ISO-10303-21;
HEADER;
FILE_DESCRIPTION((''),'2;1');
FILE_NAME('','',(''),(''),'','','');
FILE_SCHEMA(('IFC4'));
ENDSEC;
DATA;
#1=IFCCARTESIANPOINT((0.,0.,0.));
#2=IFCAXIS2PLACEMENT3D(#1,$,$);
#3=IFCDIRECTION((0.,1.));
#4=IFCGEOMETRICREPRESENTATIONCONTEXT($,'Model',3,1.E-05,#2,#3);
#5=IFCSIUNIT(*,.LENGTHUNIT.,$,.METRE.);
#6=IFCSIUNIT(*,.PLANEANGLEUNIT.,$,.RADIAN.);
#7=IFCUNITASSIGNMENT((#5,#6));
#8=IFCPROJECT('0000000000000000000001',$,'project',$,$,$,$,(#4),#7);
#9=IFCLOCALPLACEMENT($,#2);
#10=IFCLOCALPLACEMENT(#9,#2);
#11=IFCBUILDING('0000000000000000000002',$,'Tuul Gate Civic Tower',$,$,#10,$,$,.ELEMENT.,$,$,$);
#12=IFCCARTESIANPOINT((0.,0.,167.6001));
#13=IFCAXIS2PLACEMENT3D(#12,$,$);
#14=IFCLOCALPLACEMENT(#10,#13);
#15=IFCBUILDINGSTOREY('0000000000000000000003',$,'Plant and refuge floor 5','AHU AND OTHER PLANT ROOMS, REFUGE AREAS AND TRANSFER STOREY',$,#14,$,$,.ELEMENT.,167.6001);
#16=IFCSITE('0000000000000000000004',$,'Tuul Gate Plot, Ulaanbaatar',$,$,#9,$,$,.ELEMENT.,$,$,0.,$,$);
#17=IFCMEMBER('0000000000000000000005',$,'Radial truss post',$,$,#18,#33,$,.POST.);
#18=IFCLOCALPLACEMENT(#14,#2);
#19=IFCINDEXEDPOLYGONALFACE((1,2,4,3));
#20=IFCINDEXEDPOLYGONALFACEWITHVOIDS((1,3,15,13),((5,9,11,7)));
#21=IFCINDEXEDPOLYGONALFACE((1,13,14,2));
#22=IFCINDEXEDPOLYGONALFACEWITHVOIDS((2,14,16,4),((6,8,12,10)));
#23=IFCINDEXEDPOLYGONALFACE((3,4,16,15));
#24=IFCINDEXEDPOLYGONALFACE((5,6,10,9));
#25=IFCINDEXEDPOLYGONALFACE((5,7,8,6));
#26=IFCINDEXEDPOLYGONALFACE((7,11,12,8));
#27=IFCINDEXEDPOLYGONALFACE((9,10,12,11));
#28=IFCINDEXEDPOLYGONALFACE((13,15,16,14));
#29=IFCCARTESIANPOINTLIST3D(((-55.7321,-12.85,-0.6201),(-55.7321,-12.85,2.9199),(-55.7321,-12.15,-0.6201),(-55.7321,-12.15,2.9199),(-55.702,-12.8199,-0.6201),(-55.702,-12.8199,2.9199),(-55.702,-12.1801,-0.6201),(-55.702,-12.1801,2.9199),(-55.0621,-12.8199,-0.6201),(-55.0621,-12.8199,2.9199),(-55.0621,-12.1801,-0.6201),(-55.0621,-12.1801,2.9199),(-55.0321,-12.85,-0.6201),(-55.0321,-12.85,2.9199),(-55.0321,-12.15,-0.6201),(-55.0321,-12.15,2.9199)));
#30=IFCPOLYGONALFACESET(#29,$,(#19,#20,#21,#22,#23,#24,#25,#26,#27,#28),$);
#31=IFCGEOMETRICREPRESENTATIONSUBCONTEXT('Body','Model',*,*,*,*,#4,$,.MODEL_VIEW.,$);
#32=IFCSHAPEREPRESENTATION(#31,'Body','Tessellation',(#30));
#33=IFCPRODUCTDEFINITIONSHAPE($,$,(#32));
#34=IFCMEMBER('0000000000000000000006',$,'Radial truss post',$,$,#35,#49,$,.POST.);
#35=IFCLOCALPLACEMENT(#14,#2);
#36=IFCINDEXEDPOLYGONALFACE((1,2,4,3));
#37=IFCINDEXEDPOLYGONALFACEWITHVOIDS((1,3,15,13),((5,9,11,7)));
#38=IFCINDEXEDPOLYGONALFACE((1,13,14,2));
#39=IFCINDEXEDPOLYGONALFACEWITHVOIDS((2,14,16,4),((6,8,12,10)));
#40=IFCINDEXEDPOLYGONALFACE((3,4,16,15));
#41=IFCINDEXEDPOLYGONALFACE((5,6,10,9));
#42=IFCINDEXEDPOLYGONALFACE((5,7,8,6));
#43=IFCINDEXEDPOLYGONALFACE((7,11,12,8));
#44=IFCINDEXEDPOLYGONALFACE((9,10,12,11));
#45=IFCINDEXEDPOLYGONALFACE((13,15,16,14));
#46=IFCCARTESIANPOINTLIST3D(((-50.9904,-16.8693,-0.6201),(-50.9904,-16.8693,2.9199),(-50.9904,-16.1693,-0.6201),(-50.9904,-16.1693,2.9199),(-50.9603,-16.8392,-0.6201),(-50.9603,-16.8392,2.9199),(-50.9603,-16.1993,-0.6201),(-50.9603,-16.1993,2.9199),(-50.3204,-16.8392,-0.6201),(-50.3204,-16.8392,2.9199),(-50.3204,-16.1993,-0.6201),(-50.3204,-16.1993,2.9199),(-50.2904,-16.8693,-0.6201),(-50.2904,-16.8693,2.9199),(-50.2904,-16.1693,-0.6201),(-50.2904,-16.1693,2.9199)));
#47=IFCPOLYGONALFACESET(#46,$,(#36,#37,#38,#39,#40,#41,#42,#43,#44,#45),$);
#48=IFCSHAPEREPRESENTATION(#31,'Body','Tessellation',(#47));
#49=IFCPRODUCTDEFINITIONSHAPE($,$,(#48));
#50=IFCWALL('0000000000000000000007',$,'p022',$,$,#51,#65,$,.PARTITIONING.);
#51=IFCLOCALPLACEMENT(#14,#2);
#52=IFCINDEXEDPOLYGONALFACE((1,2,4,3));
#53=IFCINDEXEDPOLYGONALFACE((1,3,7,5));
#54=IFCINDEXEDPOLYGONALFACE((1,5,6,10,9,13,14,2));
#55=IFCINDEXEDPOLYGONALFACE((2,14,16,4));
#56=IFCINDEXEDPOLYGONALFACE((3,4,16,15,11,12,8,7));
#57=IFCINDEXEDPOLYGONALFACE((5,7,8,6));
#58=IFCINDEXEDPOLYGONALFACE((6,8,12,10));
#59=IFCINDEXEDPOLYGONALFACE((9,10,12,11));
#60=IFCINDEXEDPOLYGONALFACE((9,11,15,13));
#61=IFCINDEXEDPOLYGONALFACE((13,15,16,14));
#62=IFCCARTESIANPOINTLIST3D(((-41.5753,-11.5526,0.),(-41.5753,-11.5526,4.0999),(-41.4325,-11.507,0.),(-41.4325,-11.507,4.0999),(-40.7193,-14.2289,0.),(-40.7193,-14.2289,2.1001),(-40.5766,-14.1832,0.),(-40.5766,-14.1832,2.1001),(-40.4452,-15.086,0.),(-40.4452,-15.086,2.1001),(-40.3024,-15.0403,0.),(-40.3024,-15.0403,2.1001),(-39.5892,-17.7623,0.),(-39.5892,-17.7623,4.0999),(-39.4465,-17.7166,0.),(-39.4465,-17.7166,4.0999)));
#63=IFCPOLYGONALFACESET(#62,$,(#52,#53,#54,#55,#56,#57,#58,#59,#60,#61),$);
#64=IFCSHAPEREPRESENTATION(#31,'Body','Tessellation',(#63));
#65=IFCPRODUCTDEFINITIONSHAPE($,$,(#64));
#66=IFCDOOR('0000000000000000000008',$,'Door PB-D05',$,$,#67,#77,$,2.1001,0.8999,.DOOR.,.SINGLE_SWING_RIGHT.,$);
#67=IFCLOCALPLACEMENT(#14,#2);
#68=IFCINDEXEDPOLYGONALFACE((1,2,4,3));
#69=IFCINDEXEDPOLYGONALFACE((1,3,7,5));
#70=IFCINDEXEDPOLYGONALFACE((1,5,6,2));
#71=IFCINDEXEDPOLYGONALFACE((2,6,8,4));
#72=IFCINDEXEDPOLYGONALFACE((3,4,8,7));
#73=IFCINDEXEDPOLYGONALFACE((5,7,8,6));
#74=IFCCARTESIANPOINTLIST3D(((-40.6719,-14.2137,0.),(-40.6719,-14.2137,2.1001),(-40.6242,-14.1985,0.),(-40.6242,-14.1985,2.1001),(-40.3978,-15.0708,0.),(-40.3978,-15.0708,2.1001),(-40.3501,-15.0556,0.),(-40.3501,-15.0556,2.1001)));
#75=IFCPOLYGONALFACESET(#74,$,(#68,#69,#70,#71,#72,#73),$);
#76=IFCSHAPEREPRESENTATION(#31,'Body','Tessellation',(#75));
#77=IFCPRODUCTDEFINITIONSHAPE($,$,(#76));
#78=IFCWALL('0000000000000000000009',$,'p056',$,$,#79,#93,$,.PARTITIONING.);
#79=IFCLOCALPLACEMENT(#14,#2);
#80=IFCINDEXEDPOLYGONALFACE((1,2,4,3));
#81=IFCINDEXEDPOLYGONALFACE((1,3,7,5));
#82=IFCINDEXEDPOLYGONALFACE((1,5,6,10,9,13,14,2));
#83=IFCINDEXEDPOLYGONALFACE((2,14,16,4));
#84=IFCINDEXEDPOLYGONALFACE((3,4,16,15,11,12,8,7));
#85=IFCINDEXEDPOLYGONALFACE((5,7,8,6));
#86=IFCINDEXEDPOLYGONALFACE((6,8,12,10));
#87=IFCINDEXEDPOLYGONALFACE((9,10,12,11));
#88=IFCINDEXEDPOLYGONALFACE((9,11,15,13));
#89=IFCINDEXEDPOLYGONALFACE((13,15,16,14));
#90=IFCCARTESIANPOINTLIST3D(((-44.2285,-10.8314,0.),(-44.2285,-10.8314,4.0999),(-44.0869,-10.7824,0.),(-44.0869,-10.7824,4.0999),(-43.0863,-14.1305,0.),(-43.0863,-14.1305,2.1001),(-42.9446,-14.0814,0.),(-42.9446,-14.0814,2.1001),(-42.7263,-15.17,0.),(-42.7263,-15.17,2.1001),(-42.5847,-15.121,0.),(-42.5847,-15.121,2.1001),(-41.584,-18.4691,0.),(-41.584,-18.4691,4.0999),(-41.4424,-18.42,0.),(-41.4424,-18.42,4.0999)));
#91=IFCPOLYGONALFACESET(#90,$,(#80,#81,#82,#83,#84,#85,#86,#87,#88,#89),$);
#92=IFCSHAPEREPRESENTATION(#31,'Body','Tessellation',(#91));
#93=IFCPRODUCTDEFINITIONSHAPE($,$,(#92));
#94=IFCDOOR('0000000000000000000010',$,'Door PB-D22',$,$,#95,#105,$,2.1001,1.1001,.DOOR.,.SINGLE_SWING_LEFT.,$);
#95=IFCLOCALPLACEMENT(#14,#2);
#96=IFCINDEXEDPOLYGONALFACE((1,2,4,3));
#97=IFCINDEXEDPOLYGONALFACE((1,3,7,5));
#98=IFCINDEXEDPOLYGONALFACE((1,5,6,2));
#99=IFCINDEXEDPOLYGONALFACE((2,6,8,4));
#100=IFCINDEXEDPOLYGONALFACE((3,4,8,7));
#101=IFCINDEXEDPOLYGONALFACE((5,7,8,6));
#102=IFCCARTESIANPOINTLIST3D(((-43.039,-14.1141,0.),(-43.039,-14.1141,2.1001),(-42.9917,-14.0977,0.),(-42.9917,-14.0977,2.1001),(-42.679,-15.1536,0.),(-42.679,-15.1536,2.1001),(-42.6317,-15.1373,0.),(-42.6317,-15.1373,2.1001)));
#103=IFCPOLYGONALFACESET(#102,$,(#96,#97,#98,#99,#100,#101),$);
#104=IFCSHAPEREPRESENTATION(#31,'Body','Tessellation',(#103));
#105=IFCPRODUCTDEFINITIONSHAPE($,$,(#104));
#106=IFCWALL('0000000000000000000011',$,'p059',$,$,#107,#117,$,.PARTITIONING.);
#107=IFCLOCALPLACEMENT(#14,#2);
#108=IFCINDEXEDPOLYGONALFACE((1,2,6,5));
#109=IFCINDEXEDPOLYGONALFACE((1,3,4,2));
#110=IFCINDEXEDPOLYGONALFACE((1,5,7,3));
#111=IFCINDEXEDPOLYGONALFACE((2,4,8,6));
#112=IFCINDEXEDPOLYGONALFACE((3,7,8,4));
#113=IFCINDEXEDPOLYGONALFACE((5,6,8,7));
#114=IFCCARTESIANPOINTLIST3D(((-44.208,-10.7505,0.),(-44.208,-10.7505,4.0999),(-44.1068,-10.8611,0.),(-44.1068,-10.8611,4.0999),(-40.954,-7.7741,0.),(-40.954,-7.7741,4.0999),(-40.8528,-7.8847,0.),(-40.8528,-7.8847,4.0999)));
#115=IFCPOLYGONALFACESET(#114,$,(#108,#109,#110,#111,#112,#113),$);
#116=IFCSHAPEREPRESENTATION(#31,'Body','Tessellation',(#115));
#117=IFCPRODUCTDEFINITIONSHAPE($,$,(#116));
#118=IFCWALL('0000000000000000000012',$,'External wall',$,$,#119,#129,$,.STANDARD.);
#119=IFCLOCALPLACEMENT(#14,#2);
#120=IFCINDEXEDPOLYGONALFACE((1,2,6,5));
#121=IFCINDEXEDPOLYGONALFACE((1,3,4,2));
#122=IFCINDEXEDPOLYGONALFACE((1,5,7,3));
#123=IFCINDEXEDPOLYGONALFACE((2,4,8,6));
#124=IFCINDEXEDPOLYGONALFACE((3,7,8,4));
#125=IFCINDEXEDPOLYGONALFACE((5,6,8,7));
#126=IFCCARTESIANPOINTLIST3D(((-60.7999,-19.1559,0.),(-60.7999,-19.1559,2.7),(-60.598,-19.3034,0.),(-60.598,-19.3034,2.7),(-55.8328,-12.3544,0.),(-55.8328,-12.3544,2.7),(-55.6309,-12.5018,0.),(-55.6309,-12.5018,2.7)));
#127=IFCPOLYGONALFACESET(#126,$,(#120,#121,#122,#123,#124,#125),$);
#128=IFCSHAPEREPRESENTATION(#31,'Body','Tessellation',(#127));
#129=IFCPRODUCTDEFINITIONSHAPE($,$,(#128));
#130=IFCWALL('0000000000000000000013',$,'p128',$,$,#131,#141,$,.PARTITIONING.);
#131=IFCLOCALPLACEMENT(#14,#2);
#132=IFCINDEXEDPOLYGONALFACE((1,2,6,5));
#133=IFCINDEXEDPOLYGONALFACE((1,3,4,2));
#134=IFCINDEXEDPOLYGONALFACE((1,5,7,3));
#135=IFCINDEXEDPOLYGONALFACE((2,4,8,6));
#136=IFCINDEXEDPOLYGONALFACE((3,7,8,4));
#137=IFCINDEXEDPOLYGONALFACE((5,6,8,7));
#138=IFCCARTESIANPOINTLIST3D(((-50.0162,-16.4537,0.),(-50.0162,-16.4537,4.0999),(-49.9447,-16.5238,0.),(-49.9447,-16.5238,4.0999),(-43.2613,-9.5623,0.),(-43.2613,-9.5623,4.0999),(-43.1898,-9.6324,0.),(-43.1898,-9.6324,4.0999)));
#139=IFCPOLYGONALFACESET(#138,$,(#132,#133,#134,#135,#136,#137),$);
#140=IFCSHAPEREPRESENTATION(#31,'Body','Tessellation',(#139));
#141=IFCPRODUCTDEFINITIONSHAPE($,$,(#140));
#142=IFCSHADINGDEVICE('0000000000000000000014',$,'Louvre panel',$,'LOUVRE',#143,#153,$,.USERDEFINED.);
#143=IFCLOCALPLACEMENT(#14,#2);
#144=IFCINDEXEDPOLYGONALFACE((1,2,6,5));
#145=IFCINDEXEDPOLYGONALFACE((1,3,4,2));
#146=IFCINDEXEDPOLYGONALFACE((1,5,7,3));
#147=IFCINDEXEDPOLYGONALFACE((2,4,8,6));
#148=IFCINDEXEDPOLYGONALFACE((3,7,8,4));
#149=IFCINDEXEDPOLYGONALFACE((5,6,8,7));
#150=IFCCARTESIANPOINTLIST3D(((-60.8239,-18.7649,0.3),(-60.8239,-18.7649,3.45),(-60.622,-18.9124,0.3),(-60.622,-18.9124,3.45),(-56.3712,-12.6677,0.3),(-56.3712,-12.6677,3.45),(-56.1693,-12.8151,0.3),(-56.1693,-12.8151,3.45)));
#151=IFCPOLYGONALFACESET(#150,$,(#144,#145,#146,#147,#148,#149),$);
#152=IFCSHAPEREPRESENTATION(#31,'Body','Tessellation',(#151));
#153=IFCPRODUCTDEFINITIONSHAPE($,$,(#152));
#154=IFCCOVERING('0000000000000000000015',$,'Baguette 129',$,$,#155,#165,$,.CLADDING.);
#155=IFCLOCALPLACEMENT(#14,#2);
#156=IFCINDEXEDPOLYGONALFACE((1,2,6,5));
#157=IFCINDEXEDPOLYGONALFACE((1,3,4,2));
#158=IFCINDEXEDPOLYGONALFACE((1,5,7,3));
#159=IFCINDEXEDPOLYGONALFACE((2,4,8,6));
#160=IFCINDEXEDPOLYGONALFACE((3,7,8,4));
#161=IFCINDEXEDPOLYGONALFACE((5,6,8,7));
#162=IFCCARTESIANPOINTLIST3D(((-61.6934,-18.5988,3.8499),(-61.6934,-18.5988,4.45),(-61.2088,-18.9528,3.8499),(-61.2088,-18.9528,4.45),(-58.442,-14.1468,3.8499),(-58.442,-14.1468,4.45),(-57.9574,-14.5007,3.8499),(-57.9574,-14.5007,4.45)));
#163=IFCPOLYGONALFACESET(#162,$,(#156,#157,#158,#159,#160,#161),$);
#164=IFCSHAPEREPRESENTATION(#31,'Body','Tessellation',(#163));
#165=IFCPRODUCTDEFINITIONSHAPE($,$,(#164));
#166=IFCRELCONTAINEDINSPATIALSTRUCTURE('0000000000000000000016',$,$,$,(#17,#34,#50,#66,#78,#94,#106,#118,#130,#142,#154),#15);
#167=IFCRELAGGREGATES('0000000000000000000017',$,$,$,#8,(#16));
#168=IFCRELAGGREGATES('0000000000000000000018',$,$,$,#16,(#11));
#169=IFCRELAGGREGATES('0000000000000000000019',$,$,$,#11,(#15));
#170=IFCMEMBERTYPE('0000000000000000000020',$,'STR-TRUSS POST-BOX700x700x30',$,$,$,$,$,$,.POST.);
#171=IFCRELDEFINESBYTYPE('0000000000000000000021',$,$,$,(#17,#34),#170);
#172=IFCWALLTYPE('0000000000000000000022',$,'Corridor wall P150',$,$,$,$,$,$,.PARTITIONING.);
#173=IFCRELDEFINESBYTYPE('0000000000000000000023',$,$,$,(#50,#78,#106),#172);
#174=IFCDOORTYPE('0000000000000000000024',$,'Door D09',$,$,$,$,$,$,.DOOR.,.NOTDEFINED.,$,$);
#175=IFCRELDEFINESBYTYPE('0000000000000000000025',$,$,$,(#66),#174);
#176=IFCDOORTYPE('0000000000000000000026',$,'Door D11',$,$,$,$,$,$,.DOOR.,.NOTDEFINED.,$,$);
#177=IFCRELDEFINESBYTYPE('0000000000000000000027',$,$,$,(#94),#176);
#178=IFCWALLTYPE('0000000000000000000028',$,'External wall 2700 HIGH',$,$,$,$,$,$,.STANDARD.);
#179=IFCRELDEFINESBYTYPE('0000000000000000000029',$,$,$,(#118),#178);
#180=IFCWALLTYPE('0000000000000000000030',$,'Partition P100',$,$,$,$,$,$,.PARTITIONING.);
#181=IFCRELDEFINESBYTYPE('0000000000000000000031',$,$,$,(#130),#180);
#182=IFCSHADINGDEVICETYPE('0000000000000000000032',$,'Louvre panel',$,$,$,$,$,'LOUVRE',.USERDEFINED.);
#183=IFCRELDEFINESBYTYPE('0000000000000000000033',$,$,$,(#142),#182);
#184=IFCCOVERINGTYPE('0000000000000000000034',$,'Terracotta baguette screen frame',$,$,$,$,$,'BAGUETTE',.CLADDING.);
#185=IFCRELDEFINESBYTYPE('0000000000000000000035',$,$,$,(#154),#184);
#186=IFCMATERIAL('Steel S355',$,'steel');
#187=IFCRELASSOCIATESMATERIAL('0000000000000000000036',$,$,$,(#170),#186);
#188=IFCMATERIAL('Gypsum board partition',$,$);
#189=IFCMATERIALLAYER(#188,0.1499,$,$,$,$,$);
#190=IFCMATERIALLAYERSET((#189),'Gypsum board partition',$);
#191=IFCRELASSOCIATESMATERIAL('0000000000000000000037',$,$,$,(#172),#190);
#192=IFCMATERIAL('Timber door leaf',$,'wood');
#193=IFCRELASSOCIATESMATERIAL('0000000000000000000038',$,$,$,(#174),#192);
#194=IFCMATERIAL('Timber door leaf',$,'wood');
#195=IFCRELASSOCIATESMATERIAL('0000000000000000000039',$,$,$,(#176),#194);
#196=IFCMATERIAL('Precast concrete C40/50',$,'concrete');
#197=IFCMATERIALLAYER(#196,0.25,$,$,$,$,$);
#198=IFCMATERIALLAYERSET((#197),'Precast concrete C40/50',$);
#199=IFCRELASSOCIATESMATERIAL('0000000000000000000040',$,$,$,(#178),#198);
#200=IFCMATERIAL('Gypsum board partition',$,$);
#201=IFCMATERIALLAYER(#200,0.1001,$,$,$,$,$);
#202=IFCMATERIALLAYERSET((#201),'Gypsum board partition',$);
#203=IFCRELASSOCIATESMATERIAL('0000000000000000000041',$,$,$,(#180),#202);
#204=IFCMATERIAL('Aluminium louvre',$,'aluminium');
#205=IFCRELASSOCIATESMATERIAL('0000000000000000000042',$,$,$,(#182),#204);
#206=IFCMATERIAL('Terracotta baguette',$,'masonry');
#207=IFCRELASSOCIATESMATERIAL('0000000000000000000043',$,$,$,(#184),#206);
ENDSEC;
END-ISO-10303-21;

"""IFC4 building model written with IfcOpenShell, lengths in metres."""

from ifc_helpers import new_model, si_unit, direction, frame, frame_2d, origin, origin_2d, place, context, subcontext, project, spatial, rectangle, hollow_rectangle, extrude, material, layer, layer_set, material_profile, profile_set, type_object, element, fill, save


model = new_model("IFC4")

# Units and contexts
model_context = context("Model", 3, precision=1e-05, world=origin(), true_north=direction((0.0, 1.0)))
body_context = subcontext(model_context, "Body", "Model", "MODEL_VIEW")
ifc_project = project(units=[si_unit("LENGTHUNIT", "METRE"), si_unit("PLANEANGLEUNIT", "RADIAN")], contexts=[model_context])

# Site, building, storey
site_placement = place(None, origin())
site = spatial("IfcSite", under=ifc_project, at=site_placement, Name="Tuul Gate Plot, Ulaanbaatar", CompositionType="ELEMENT", RefElevation=0.0)
building_placement = place(site_placement, origin())
building = spatial("IfcBuilding", under=site, at=building_placement, Name="Tuul Gate Civic Tower", CompositionType="ELEMENT")
storey_placement = place(building_placement, frame((0.0, 0.0, 167.6001)))
storey = spatial("IfcBuildingStorey", under=building, at=storey_placement, Name="Plant and refuge floor 5", Description="AHU AND OTHER PLANT ROOMS, REFUGE AREAS AND TRANSFER STOREY", CompositionType="ELEMENT", Elevation=167.6001)

# Members
ifc_material_1 = material(Name="Steel S355", Category="steel")
ifc_material_profile_1 = material_profile(ifc_material_1, hollow_rectangle(XDim=0.7, YDim=0.7, WallThickness=0.03, at=origin_2d()), Name="BOX700x700x30")
ifc_profile_set_1 = profile_set([ifc_material_profile_1], Name="Steel S355")
member_type_1 = type_object("IfcMemberType", Name="STR-TRUSS POST-BOX700x700x30", PredefinedType="POST", material=ifc_profile_set_1)
for number, where, z_axis, x_axis, name in (
    (1, (-55.3821, -12.5, -0.6201), (0.0, 0.0, 1.0), (1.0, 0.0, 0.0), "Radial truss post"),
    (2, (-50.6404, -16.5193, -0.6201), (0.0, 0.0, 1.0), (1.0, 0.0, 0.0), "Radial truss post"),
):
    element("IfcMember", number, at=place(storey_placement, frame(where, z_axis=z_axis, x_axis=x_axis)), inside=storey, type_object=member_type_1, Name=name, PredefinedType="POST", context=body_context, shape_type="SweptSolid", body=[
        extrude(hollow_rectangle(XDim=0.7, YDim=0.7, WallThickness=0.03, at=origin_2d()), origin(), (0.0, 0.0, 1.0), 3.54),
    ])

# Walls, openings, doors
ifc_material_2 = material(Name="Gypsum board partition")
ifc_layer_1 = layer(ifc_material_2, 0.1499)
ifc_layer_set_1 = layer_set([ifc_layer_1], Name="Gypsum board partition")
wall_type_1 = type_object("IfcWallType", Name="Corridor wall P150", PredefinedType="PARTITIONING", material=ifc_layer_set_1)
wall_1_placement = place(storey_placement, frame((-41.5039, -11.5298, 0.0), z_axis=(0.0, 0.0, 1.0), x_axis=(0.304633, -0.95247, 0.0)))
wall_1 = element("IfcWall", 3, at=wall_1_placement, inside=storey, type_object=wall_type_1, Name="p022", PredefinedType="PARTITIONING", context=body_context, shape_type="SweptSolid", body=[
    extrude(rectangle(XDim=6.5195, YDim=0.1499, at=frame_2d((3.2598, 0.0))), origin(), (0.0, 0.0, 1.0), 4.0999),
])
opening_1_placement = place(wall_1_placement, frame((2.8098, 0.0, 0.0)))
opening_1 = element("IfcOpeningElement", 4, at=opening_1_placement, cuts=wall_1, PredefinedType="OPENING", context=body_context, shape_type="SweptSolid", body=[
    extrude(rectangle(XDim=0.8999, YDim=2.1001, at=frame_2d((0.45, 1.05))), frame((0.0, 0.085, 0.0), z_axis=(0.0, -1.0, 0.0), x_axis=(1.0, 0.0, 0.0)), (0.0, 0.0, 1.0), 0.1699),
])
ifc_material_3 = material(Name="Timber door leaf", Category="wood")
door_type_1 = type_object("IfcDoorType", Name="Door D09", OperationType="NOTDEFINED", PredefinedType="DOOR", material=ifc_material_3)
door_1_placement = place(opening_1_placement, origin())
door_1 = element("IfcDoor", 5, at=door_1_placement, inside=storey, type_object=door_type_1, Name="Door PB-D05", OperationType="SINGLE_SWING_RIGHT", OverallHeight=2.1001, OverallWidth=0.8999, PredefinedType="DOOR", context=body_context, shape_type="SweptSolid", body=[
    extrude(rectangle(XDim=0.8999, YDim=2.1001, at=frame_2d((0.45, 1.05))), frame((0.0, 0.0249, 0.0), z_axis=(0.0, -1.0, 0.0), x_axis=(1.0, 0.0, 0.0)), (0.0, 0.0, 1.0), 0.05),
])
fill(opening_1, door_1)
wall_2_placement = place(storey_placement, frame((-44.1577, -10.8069, 0.0), z_axis=(0.0, 0.0, 1.0), x_axis=(0.327189, -0.944959, 0.0)))
wall_2 = element("IfcWall", 6, at=wall_2_placement, inside=storey, type_object=wall_type_1, Name="p056", PredefinedType="PARTITIONING", context=body_context, shape_type="SweptSolid", body=[
    extrude(rectangle(XDim=8.0825, YDim=0.1499, at=frame_2d((4.0413, 0.0))), origin(), (0.0, 0.0, 1.0), 4.0999),
])
opening_2_placement = place(wall_2_placement, frame((3.4912, 0.0, 0.0)))
opening_2 = element("IfcOpeningElement", 7, at=opening_2_placement, cuts=wall_2, PredefinedType="OPENING", context=body_context, shape_type="SweptSolid", body=[
    extrude(rectangle(XDim=1.1001, YDim=2.1001, at=frame_2d((0.55, 1.05))), frame((0.0, 0.085, 0.0), z_axis=(0.0, -1.0, 0.0), x_axis=(1.0, 0.0, 0.0)), (0.0, 0.0, 1.0), 0.1699),
])
ifc_material_4 = material(Name="Timber door leaf", Category="wood")
door_type_2 = type_object("IfcDoorType", Name="Door D11", OperationType="NOTDEFINED", PredefinedType="DOOR", material=ifc_material_4)
door_2_placement = place(opening_2_placement, frame((1.1001, 0.0, 0.0), z_axis=(0.0, 0.0, 1.0), x_axis=(-1.0, 0.0, 0.0)))
door_2 = element("IfcDoor", 8, at=door_2_placement, inside=storey, type_object=door_type_2, Name="Door PB-D22", OperationType="SINGLE_SWING_LEFT", OverallHeight=2.1001, OverallWidth=1.1001, PredefinedType="DOOR", context=body_context, shape_type="SweptSolid", body=[
    extrude(rectangle(XDim=1.1001, YDim=2.1001, at=frame_2d((0.55, 1.05))), frame((0.0, 0.0249, 0.0), z_axis=(0.0, -1.0, 0.0), x_axis=(1.0, 0.0, 0.0)), (0.0, 0.0, 1.0), 0.05),
])
fill(opening_2, door_2)

# Walls
wall_3_placement = place(storey_placement, frame((-44.1575, -10.8059, 0.0), z_axis=(0.0, 0.0, 1.0), x_axis=(0.73788, 0.674932, 0.0)))
element("IfcWall", 9, at=wall_3_placement, inside=storey, type_object=wall_type_1, Name="p059", PredefinedType="PARTITIONING", context=body_context, shape_type="SweptSolid", body=[
    extrude(rectangle(XDim=4.4099, YDim=0.1499, at=frame_2d((2.2051, 0.0))), origin(), (0.0, 0.0, 1.0), 4.0999),
])
ifc_material_5 = material(Name="Precast concrete C40/50", Category="concrete")
ifc_layer_2 = layer(ifc_material_5, 0.25)
ifc_layer_set_2 = layer_set([ifc_layer_2], Name="Precast concrete C40/50")
wall_type_2 = type_object("IfcWallType", Name="External wall 2700 HIGH", PredefinedType="STANDARD", material=ifc_layer_set_2)
wall_4_placement = place(storey_placement, frame((-55.7319, -12.4282, 0.0), z_axis=(0.0, 0.0, 1.0), x_axis=(-0.589761, -0.807578, 0.0)))
element("IfcWall", 10, at=wall_4_placement, inside=storey, type_object=wall_type_2, Name="External wall", PredefinedType="STANDARD", context=body_context, shape_type="SweptSolid", body=[
    extrude(rectangle(XDim=8.4221, YDim=0.25, at=frame_2d((4.2109, 0.0))), origin(), (0.0, 0.0, 1.0), 2.7),
])
ifc_material_6 = material(Name="Gypsum board partition")
ifc_layer_3 = layer(ifc_material_6, 0.1001)
ifc_layer_set_3 = layer_set([ifc_layer_3], Name="Gypsum board partition")
wall_type_3 = type_object("IfcWallType", Name="Partition P100", PredefinedType="PARTITIONING", material=ifc_layer_set_3)
wall_5_placement = place(storey_placement, frame((-49.9805, -16.4888, 0.0), z_axis=(0.0, 0.0, 1.0), x_axis=(0.7, 0.714143, 0.0)))
element("IfcWall", 11, at=wall_5_placement, inside=storey, type_object=wall_type_3, Name="p128", PredefinedType="PARTITIONING", context=body_context, shape_type="SweptSolid", body=[
    extrude(rectangle(XDim=9.6499, YDim=0.1001, at=frame_2d((4.825, 0.0))), origin(), (0.0, 0.0, 1.0), 4.0999),
])

# Shading device
ifc_material_7 = material(Name="Aluminium louvre", Category="aluminium")
shading_device_type = type_object("IfcShadingDeviceType", Name="Louvre panel", ElementType="LOUVRE", PredefinedType="USERDEFINED", material=ifc_material_7)
shading_device_placement = place(storey_placement, frame((-58.4966, -15.79, 0.3), z_axis=(0.0, 0.0, 1.0), x_axis=(-0.807578, 0.58976, 0.0)))
element("IfcShadingDevice", 12, at=shading_device_placement, inside=storey, type_object=shading_device_type, Name="Louvre panel", ObjectType="LOUVRE", PredefinedType="USERDEFINED", context=body_context, shape_type="SweptSolid", body=[
    extrude(rectangle(XDim=0.25, YDim=7.55, at=origin_2d()), origin(), (0.0, 0.0, 1.0), 3.1499),
])

# Covering
ifc_material_8 = material(Name="Terracotta baguette", Category="masonry")
ifc_material_profile_2 = material_profile(ifc_material_8, rectangle(XDim=0.6001, YDim=0.6001, at=origin_2d()), Name="Terracotta baguette screen frame")
ifc_profile_set_2 = profile_set([ifc_material_profile_2], Name="Terracotta baguette")
covering_type = type_object("IfcCoveringType", Name="Terracotta baguette screen frame", ElementType="BAGUETTE", PredefinedType="CLADDING", material=ifc_profile_set_2)
covering_1_placement = place(storey_placement, frame((-58.1997, -14.3237, 4.1499), z_axis=(-0.589777, -0.807566, 0.0), x_axis=(0.807566, -0.589777, 0.0)))
element("IfcCovering", 13, at=covering_1_placement, inside=storey, type_object=covering_type, Name="Baguette 129", PredefinedType="CLADDING", context=body_context, shape_type="SweptSolid", body=[
    extrude(rectangle(XDim=0.6001, YDim=0.6001, at=origin_2d()), origin(), (0.0, 0.0, 1.0), 5.5129),
])

save(model, "model.ifc")
